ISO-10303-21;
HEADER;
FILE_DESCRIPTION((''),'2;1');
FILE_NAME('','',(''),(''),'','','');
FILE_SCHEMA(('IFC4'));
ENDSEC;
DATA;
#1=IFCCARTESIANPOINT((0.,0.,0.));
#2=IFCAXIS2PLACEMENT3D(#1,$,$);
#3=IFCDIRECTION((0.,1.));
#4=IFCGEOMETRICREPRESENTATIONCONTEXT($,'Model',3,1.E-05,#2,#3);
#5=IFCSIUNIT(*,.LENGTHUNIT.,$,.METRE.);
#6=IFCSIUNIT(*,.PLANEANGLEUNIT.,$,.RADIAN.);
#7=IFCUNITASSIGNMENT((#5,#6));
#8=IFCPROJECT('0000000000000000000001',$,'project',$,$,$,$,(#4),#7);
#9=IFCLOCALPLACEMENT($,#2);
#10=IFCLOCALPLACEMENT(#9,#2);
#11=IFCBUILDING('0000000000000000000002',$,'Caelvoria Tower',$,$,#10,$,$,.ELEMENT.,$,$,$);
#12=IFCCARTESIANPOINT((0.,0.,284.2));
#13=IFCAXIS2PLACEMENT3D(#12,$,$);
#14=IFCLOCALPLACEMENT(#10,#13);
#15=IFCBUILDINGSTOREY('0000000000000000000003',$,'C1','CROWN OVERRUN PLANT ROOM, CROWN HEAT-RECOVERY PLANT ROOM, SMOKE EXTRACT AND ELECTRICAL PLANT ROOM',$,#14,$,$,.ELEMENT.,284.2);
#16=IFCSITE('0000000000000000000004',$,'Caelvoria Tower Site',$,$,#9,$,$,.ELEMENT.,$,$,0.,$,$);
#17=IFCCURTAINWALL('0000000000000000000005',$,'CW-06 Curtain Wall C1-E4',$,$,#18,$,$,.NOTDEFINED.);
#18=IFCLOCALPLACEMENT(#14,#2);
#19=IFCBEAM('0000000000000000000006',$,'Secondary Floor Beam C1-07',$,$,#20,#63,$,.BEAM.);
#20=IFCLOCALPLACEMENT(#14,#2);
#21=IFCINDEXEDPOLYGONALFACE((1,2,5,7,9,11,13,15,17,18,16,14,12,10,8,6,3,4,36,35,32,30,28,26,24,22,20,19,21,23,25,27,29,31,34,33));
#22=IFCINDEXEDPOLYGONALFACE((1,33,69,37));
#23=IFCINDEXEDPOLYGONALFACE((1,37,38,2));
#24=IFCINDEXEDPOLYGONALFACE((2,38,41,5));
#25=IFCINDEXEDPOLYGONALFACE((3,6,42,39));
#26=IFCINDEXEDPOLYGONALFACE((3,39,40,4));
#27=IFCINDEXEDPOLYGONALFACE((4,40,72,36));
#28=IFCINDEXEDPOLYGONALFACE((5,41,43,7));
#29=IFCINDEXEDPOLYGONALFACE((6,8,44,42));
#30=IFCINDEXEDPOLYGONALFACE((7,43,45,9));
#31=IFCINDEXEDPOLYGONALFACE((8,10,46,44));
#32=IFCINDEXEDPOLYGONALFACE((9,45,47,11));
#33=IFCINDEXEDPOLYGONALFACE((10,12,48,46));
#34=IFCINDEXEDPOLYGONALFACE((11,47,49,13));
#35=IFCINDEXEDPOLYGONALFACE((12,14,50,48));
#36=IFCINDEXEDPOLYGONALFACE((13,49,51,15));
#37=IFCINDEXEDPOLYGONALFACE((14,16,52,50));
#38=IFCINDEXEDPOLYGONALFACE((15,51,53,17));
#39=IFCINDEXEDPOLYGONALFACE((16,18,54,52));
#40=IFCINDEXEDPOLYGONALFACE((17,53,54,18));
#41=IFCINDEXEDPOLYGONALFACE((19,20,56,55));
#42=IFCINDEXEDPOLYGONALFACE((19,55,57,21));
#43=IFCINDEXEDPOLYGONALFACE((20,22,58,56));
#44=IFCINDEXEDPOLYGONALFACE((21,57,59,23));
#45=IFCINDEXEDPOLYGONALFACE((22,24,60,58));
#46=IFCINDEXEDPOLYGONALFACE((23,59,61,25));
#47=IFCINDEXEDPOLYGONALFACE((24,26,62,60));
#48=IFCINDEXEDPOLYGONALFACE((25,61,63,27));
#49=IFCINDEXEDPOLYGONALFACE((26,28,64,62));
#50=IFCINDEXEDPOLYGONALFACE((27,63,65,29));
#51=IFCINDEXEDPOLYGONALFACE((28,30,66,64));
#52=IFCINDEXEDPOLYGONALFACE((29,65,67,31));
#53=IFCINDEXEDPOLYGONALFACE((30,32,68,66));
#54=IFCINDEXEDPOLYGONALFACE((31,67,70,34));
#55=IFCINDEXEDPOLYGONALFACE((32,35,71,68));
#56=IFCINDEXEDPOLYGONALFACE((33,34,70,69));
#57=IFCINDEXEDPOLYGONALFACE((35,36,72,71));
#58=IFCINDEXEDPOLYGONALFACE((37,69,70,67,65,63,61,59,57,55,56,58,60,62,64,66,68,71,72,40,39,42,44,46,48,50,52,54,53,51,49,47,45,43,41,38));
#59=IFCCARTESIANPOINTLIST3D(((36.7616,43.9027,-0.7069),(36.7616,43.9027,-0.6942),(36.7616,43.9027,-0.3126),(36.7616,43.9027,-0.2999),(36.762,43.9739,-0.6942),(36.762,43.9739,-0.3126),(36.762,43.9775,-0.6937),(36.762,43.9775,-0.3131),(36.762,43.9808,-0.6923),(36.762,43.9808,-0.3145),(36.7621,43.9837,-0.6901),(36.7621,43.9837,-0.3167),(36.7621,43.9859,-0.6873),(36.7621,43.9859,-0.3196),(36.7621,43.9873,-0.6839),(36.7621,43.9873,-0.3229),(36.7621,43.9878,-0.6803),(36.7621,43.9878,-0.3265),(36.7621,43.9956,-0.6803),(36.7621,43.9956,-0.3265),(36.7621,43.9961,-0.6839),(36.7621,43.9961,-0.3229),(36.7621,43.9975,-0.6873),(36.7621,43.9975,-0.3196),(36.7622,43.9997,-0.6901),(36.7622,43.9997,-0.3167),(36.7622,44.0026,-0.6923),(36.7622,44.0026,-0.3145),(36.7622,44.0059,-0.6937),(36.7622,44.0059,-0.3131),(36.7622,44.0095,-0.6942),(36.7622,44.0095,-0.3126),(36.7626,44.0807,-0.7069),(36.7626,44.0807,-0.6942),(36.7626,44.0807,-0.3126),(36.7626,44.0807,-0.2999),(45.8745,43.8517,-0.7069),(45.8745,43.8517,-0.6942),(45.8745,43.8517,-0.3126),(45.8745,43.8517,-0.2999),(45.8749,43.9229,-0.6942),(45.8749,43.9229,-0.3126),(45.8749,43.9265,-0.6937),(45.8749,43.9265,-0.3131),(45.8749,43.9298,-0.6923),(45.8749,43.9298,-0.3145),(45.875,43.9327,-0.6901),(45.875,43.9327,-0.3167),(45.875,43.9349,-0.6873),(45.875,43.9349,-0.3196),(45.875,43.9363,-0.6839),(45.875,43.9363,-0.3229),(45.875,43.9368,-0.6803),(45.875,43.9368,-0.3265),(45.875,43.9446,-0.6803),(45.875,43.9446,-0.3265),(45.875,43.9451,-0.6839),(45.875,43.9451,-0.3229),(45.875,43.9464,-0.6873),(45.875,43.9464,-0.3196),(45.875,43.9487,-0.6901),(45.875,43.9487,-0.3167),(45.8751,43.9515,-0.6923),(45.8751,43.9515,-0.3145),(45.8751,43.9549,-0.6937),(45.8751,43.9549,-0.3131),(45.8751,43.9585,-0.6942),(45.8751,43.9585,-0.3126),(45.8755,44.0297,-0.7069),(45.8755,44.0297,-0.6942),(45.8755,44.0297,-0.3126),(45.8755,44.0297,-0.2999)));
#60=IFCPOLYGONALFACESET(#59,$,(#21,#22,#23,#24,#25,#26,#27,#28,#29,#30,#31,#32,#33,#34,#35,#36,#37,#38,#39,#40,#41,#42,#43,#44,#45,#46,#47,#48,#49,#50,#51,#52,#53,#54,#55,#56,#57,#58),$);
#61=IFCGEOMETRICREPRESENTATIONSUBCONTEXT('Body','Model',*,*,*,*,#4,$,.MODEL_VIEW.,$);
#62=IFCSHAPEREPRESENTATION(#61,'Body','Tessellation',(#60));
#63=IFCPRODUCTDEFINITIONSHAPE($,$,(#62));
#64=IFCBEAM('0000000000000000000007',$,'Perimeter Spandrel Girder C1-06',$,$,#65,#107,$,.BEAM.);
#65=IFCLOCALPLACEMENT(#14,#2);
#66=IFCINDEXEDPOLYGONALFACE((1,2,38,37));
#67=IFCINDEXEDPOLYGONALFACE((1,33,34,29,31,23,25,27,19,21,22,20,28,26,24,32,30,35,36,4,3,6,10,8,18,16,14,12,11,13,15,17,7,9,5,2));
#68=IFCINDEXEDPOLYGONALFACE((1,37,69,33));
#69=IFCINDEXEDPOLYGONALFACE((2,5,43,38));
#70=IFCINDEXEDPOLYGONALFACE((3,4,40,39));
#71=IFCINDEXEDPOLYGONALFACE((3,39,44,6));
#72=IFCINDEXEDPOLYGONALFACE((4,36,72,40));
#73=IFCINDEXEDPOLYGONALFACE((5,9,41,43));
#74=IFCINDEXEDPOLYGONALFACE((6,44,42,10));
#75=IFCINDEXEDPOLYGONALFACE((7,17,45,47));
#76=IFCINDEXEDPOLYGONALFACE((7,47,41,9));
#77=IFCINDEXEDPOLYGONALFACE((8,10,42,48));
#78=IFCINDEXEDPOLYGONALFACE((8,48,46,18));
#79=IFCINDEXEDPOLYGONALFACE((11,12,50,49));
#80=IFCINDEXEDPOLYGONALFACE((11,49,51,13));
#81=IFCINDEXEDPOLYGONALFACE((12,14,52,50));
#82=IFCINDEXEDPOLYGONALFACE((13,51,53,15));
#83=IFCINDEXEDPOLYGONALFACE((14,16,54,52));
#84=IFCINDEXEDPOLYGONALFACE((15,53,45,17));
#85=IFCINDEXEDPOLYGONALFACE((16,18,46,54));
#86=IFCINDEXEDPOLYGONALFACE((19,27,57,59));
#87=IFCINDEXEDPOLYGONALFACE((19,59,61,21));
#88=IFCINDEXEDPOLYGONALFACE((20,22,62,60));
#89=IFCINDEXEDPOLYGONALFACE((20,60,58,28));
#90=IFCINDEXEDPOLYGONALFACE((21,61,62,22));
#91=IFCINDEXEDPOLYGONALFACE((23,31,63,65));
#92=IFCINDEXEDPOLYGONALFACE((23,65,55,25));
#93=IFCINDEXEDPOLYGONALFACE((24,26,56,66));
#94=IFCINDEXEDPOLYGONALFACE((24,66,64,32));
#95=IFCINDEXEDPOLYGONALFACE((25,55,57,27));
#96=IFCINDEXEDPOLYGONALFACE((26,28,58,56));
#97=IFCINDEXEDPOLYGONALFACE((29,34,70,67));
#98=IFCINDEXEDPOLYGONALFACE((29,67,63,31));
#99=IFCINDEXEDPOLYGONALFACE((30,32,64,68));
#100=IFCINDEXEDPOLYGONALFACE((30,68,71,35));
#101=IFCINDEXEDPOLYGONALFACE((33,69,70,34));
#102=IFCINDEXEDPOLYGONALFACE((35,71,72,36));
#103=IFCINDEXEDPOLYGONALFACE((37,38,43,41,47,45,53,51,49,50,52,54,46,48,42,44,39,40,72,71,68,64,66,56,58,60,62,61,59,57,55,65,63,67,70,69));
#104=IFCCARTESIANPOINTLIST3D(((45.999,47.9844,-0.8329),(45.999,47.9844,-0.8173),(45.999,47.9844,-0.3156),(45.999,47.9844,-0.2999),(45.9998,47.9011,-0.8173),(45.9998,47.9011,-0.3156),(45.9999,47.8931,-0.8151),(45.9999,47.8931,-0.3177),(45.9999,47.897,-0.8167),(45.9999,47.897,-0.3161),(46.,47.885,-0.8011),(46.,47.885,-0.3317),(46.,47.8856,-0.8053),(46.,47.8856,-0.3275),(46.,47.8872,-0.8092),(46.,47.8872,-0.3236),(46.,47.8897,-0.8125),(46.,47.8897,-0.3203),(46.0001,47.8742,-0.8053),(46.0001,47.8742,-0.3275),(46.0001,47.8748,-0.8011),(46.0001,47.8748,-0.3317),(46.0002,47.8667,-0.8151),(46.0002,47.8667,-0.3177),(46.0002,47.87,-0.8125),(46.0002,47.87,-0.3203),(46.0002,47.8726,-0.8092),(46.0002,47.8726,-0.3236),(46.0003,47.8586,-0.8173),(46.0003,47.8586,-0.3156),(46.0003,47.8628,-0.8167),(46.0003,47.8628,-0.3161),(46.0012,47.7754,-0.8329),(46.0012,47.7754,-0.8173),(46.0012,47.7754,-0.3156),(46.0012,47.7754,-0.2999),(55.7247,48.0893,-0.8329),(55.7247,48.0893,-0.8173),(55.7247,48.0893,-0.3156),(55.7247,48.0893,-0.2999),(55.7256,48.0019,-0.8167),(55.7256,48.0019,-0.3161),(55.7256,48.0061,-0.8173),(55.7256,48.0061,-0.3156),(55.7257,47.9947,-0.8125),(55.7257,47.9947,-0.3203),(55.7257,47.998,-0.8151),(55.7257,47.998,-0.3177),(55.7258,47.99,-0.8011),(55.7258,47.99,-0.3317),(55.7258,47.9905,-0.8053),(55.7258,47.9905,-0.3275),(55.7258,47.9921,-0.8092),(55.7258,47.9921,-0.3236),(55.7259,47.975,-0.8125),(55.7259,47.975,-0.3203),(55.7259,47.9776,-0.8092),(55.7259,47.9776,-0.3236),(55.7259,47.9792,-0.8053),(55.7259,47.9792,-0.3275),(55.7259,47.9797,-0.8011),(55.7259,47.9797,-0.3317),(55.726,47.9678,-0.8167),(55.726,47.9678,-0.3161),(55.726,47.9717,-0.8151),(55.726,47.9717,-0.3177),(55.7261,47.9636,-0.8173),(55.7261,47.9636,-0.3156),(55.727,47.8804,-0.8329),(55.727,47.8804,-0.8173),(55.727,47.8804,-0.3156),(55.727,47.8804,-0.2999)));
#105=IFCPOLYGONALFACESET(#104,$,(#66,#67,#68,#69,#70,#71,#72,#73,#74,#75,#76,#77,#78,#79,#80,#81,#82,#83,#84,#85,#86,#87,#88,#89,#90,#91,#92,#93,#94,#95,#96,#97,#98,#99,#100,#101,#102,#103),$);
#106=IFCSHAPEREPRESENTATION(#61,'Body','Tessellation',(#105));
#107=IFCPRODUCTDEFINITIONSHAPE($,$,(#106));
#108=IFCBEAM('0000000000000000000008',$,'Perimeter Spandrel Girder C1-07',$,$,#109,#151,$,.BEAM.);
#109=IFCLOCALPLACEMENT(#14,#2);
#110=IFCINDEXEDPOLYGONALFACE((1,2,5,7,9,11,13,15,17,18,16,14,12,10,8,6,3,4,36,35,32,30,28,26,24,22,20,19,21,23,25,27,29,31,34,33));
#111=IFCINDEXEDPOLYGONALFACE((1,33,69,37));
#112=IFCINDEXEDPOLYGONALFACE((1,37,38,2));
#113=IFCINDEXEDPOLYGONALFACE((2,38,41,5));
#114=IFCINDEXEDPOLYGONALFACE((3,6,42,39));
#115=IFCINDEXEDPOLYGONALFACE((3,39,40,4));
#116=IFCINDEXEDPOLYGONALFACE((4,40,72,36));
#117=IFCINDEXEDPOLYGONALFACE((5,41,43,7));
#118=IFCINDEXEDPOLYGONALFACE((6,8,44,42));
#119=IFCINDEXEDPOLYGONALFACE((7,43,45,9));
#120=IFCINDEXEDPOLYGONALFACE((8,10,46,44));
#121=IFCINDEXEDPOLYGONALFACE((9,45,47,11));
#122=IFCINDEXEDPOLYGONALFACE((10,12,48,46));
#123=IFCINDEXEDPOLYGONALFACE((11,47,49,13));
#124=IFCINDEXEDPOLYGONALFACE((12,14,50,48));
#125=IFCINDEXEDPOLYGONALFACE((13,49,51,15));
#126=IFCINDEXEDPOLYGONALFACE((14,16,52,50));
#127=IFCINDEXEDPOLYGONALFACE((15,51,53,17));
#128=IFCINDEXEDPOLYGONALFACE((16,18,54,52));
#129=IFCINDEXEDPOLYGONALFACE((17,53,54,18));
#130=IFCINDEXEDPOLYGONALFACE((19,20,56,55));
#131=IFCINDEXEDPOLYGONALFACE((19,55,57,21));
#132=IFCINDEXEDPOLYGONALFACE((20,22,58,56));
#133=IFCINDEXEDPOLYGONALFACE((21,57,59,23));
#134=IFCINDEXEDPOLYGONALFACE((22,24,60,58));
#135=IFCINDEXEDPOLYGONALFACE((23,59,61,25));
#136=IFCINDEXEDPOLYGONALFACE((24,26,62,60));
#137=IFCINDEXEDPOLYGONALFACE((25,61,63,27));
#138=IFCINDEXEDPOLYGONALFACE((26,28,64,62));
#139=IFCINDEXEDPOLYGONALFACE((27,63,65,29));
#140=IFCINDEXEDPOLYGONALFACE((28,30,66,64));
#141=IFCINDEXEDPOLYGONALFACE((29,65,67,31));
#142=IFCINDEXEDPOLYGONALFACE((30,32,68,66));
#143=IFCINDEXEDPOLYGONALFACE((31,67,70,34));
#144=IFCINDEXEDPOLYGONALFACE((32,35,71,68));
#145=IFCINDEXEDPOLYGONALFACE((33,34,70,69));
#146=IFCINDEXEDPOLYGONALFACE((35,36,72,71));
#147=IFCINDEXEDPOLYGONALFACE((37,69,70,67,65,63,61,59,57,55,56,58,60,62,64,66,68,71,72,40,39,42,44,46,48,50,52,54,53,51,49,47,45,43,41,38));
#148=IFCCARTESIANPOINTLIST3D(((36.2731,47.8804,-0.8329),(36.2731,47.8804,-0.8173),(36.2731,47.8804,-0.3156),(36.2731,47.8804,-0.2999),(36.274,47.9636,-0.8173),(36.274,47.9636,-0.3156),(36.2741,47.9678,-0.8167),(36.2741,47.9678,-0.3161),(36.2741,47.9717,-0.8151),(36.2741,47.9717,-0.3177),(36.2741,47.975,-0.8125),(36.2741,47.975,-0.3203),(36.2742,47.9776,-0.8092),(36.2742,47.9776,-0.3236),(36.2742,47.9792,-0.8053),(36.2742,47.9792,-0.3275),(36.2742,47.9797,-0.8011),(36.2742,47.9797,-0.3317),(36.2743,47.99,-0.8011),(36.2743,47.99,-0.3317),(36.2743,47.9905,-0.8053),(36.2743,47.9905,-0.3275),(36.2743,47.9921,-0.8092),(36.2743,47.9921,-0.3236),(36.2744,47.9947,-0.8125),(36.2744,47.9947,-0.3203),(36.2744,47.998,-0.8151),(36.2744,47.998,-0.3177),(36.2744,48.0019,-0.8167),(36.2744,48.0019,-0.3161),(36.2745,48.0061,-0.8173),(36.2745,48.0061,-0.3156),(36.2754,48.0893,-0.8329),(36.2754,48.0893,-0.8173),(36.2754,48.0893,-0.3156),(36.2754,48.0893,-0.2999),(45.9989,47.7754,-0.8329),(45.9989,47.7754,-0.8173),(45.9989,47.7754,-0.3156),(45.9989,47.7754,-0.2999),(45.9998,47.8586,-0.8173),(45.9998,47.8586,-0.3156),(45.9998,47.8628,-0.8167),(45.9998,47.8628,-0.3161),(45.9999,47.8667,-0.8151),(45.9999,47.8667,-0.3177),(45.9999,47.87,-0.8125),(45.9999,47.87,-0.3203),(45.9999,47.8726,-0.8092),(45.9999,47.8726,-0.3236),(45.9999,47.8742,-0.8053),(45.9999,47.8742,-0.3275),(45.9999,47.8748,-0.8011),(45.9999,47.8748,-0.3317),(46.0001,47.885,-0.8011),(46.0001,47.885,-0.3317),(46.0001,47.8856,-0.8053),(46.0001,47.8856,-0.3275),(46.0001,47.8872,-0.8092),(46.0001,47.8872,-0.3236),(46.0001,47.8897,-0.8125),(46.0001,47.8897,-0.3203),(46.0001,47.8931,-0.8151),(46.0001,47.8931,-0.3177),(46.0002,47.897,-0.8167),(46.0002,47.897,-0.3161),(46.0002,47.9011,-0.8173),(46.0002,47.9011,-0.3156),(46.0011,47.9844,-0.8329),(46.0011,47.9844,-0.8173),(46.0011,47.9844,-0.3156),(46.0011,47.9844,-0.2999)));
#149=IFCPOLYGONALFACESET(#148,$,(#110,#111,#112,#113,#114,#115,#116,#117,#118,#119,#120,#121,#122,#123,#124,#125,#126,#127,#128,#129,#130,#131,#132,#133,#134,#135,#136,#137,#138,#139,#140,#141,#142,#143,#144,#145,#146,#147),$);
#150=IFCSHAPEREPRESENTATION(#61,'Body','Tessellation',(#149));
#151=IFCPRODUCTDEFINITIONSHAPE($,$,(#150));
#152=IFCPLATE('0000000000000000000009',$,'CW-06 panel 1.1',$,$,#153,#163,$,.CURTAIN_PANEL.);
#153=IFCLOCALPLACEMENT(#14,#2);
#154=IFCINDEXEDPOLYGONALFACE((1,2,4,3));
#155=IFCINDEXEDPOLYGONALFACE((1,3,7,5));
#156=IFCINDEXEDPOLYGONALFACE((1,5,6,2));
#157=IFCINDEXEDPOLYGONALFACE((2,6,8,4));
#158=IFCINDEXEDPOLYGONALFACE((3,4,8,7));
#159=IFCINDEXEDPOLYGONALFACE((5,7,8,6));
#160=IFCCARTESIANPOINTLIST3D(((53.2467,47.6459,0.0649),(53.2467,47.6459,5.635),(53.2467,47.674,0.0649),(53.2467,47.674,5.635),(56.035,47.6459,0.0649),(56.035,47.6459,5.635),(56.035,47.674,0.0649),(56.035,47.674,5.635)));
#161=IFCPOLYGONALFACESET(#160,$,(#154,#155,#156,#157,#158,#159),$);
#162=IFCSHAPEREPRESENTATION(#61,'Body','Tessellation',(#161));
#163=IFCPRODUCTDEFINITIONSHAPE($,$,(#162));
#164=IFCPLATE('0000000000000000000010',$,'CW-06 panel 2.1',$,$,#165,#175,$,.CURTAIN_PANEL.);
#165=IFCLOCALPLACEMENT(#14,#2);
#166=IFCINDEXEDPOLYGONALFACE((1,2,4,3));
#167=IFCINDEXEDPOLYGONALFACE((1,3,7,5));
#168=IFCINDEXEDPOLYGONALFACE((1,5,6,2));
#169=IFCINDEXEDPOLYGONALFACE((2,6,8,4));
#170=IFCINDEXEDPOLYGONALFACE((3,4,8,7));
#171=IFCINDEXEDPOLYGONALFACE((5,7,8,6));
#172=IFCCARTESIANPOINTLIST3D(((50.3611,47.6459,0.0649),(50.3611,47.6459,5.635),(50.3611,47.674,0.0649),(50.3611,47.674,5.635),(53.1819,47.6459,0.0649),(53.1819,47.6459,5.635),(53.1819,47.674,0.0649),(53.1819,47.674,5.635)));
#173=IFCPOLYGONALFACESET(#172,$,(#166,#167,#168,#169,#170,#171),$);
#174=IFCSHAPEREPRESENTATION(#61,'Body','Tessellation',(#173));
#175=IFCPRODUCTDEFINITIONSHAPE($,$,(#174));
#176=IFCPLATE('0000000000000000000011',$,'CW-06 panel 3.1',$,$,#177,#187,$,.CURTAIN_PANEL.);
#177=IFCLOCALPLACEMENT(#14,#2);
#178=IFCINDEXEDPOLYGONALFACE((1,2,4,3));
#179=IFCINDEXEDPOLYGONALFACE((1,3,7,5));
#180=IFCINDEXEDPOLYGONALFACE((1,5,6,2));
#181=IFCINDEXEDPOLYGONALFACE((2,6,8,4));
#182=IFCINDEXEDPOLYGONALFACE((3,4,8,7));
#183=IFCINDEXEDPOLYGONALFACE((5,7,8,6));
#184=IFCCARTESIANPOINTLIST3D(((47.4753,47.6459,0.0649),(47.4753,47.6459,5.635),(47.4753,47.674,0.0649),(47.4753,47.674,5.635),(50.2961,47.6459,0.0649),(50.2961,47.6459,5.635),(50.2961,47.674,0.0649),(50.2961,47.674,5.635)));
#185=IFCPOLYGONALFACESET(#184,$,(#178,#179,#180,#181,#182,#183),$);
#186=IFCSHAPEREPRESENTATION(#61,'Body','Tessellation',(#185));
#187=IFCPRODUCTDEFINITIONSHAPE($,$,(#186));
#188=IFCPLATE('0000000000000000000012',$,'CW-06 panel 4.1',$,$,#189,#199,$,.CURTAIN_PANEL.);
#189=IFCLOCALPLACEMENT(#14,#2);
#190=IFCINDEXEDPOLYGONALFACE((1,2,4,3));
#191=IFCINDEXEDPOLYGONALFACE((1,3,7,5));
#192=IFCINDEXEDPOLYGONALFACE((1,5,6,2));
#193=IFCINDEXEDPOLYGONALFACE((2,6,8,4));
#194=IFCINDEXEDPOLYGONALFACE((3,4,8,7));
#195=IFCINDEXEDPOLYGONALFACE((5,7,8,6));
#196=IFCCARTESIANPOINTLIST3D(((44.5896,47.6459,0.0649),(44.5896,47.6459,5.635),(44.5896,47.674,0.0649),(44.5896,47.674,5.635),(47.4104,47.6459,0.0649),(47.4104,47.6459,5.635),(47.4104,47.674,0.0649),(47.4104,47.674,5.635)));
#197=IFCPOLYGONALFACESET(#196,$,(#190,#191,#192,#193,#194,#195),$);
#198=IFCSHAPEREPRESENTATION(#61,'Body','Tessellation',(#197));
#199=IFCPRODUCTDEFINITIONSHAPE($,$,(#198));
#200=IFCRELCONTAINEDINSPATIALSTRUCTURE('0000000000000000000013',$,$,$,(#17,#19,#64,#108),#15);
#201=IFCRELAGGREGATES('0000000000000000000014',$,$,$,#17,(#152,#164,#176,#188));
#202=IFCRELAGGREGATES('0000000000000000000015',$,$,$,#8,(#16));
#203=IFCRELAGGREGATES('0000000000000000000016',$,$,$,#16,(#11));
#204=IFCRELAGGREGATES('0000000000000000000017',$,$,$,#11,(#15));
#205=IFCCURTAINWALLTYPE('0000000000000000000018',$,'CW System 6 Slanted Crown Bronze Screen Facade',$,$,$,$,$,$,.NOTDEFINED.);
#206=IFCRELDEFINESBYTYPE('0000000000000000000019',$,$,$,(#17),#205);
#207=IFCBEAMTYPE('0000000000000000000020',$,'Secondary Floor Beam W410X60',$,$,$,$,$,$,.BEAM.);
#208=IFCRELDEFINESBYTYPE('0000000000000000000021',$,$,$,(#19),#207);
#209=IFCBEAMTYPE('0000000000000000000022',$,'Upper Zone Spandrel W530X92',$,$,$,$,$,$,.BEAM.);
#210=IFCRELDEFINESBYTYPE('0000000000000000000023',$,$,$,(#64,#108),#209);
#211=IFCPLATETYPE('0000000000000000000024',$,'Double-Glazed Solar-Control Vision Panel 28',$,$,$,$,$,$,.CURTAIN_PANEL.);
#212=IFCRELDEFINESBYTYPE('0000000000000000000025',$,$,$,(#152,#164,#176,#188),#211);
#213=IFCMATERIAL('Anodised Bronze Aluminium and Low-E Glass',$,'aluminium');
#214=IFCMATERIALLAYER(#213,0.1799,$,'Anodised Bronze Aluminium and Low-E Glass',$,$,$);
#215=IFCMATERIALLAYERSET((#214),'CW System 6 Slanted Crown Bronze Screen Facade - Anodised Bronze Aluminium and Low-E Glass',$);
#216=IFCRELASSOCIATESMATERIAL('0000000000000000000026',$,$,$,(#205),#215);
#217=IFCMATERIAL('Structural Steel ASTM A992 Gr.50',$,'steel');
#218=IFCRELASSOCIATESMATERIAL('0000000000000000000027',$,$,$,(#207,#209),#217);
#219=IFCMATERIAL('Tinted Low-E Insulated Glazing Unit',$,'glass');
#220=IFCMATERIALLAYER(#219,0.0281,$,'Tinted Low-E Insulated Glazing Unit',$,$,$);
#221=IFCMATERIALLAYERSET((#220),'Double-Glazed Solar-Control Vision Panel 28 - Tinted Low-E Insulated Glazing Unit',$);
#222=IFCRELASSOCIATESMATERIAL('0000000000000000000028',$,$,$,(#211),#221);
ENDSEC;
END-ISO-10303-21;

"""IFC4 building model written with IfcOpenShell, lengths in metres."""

from ifc_helpers import new_model, si_unit, direction, frame, origin, origin_2d, place, context, subcontext, project, spatial, rectangle, i_section, extrude, material, layer, layer_set, material_profile, profile_set, type_object, element, aggregate, save


model = new_model("IFC4")

# Units and contexts
model_context = context("Model", 3, precision=1e-05, world=origin(), true_north=direction((0.0, 1.0)))
body_context = subcontext(model_context, "Body", "Model", "MODEL_VIEW")
ifc_project = project(units=[si_unit("LENGTHUNIT", "METRE"), si_unit("PLANEANGLEUNIT", "RADIAN")], contexts=[model_context])

# Site, building, storey
site_placement = place(None, origin())
site = spatial("IfcSite", under=ifc_project, at=site_placement, Name="Caelvoria Tower Site", CompositionType="ELEMENT", RefElevation=0.0)
building_placement = place(site_placement, origin())
building = spatial("IfcBuilding", under=site, at=building_placement, Name="Caelvoria Tower", CompositionType="ELEMENT")
storey_placement = place(building_placement, frame((0.0, 0.0, 284.2)))
storey = spatial("IfcBuildingStorey", under=building, at=storey_placement, Name="C1", Description="CROWN OVERRUN PLANT ROOM, CROWN HEAT-RECOVERY PLANT ROOM, SMOKE EXTRACT AND ELECTRICAL PLANT ROOM", CompositionType="ELEMENT", Elevation=284.2)

# Shared definitions
ifc_material_1 = material(Name="Structural Steel ASTM A992 Gr.50", Category="steel")

# Shared definitions
ifc_material_2 = material(Name="Anodised Bronze Aluminium and Low-E Glass", Category="aluminium")
ifc_layer_1 = layer(ifc_material_2, 0.1799, Name="Anodised Bronze Aluminium and Low-E Glass")
ifc_layer_set_1 = layer_set([ifc_layer_1], Name="CW System 6 Slanted Crown Bronze Screen Facade - Anodised Bronze Aluminium and Low-E Glass")
curtain_wall_type = type_object("IfcCurtainWallType", Name="CW System 6 Slanted Crown Bronze Screen Facade", PredefinedType="NOTDEFINED", material=ifc_layer_set_1)

# Curtain wall
curtain_wall_1_placement = place(storey_placement, origin())
curtain_wall_1 = element("IfcCurtainWall", 1, at=curtain_wall_1_placement, inside=storey, type_object=curtain_wall_type, Name="CW-06 Curtain Wall C1-E4", PredefinedType="NOTDEFINED")

# Beams
ifc_material_profile_1 = material_profile(ifc_material_1, i_section(OverallWidth=0.178, OverallDepth=0.407, WebThickness=0.0078, FlangeThickness=0.0127, FilletRadius=0.0139, at=origin_2d()), Name="Structural Steel ASTM A992 Gr.50")
ifc_profile_set_1 = profile_set([ifc_material_profile_1], Name="W410X60 - Structural Steel ASTM A992 Gr.50")
beam_type_1 = type_object("IfcBeamType", Name="Secondary Floor Beam W410X60", PredefinedType="BEAM", material=ifc_profile_set_1)
for number, where, z_axis, x_axis, name in (
    (2, (45.875, 43.9407, -0.5034), (-0.999984, 0.005599, 0.0), (-0.005599, -0.999984, 0.0), "Secondary Floor Beam C1-07"),
):
    element("IfcBeam", number, at=place(storey_placement, frame(where, z_axis=z_axis, x_axis=x_axis)), inside=storey, type_object=beam_type_1, Name=name, PredefinedType="BEAM", context=body_context, shape_type="SweptSolid", body=[
        extrude(i_section(OverallWidth=0.178, OverallDepth=0.407, WebThickness=0.0078, FlangeThickness=0.0127, FilletRadius=0.0139, at=origin_2d()), origin(), (0.0, 0.0, 1.0), 9.113),
    ])
ifc_material_profile_2 = material_profile(ifc_material_1, i_section(OverallWidth=0.209, OverallDepth=0.533, WebThickness=0.0103, FlangeThickness=0.0156, FilletRadius=0.0161, at=origin_2d()), Name="Structural Steel ASTM A992 Gr.50")
ifc_profile_set_2 = profile_set([ifc_material_profile_2], Name="W530X92 - Structural Steel ASTM A992 Gr.50")
beam_type_2 = type_object("IfcBeamType", Name="Upper Zone Spandrel W530X92", PredefinedType="BEAM", material=ifc_profile_set_2)
for number, where, z_axis, x_axis, name in (
    (3, (55.7258, 47.9849, -0.5664), (-0.999942, -0.010793, 0.0), (0.010793, -0.999942, 0.0), "Perimeter Spandrel Girder C1-06"),
    (4, (46.0, 47.8799, -0.5664), (-0.999942, 0.010793, 0.0), (-0.010793, -0.999942, 0.0), "Perimeter Spandrel Girder C1-07"),
):
    element("IfcBeam", number, at=place(storey_placement, frame(where, z_axis=z_axis, x_axis=x_axis)), inside=storey, type_object=beam_type_2, Name=name, PredefinedType="BEAM", context=body_context, shape_type="SweptSolid", body=[
        extrude(i_section(OverallWidth=0.209, OverallDepth=0.533, WebThickness=0.0103, FlangeThickness=0.0156, FilletRadius=0.0161, at=origin_2d()), origin(), (0.0, 0.0, 1.0), 9.7263),
    ])

# Plates
ifc_material_3 = material(Name="Tinted Low-E Insulated Glazing Unit", Category="glass")
ifc_layer_2 = layer(ifc_material_3, 0.0281, Name="Tinted Low-E Insulated Glazing Unit")
ifc_layer_set_2 = layer_set([ifc_layer_2], Name="Double-Glazed Solar-Control Vision Panel 28 - Tinted Low-E Insulated Glazing Unit")
plate_type = type_object("IfcPlateType", Name="Double-Glazed Solar-Control Vision Panel 28", PredefinedType="CURTAIN_PANEL", material=ifc_layer_set_2)
plate_1_placement = place(storey_placement, frame((54.6409, 47.6599, 0.0649), z_axis=(0.0, 0.0, 1.0), x_axis=(-1.0, 0.0, 0.0)))
plate_1 = element("IfcPlate", 5, at=plate_1_placement, type_object=plate_type, Name="CW-06 panel 1.1", PredefinedType="CURTAIN_PANEL", context=body_context, shape_type="SweptSolid", body=[
    extrude(rectangle(XDim=2.7883, YDim=0.0281, at=origin_2d()), origin(), (0.0, 0.0, 1.0), 5.5701),
])
plate_2_placement = place(storey_placement, frame((51.7715, 47.6599, 0.0649), z_axis=(0.0, 0.0, 1.0), x_axis=(-1.0, 0.0, 0.0)))
plate_2 = element("IfcPlate", 6, at=plate_2_placement, type_object=plate_type, Name="CW-06 panel 2.1", PredefinedType="CURTAIN_PANEL", context=body_context, shape_type="SweptSolid", body=[
    extrude(rectangle(XDim=2.8208, YDim=0.0281, at=origin_2d()), origin(), (0.0, 0.0, 1.0), 5.5701),
])
plate_3_placement = place(storey_placement, frame((48.8857, 47.6599, 0.0649), z_axis=(0.0, 0.0, 1.0), x_axis=(-1.0, 0.0, 0.0)))
plate_3 = element("IfcPlate", 7, at=plate_3_placement, type_object=plate_type, Name="CW-06 panel 3.1", PredefinedType="CURTAIN_PANEL", context=body_context, shape_type="SweptSolid", body=[
    extrude(rectangle(XDim=2.8208, YDim=0.0281, at=origin_2d()), origin(), (0.0, 0.0, 1.0), 5.5701),
])
plate_4_placement = place(storey_placement, frame((46.0, 47.6599, 0.0649), z_axis=(0.0, 0.0, 1.0), x_axis=(-1.0, 0.0, 0.0)))
plate_4 = element("IfcPlate", 8, at=plate_4_placement, type_object=plate_type, Name="CW-06 panel 4.1", PredefinedType="CURTAIN_PANEL", context=body_context, shape_type="SweptSolid", body=[
    extrude(rectangle(XDim=2.8208, YDim=0.0281, at=origin_2d()), origin(), (0.0, 0.0, 1.0), 5.5701),
])
aggregate(curtain_wall_1, [plate_1, plate_2, plate_3, plate_4])

save(model, "model.ifc")
